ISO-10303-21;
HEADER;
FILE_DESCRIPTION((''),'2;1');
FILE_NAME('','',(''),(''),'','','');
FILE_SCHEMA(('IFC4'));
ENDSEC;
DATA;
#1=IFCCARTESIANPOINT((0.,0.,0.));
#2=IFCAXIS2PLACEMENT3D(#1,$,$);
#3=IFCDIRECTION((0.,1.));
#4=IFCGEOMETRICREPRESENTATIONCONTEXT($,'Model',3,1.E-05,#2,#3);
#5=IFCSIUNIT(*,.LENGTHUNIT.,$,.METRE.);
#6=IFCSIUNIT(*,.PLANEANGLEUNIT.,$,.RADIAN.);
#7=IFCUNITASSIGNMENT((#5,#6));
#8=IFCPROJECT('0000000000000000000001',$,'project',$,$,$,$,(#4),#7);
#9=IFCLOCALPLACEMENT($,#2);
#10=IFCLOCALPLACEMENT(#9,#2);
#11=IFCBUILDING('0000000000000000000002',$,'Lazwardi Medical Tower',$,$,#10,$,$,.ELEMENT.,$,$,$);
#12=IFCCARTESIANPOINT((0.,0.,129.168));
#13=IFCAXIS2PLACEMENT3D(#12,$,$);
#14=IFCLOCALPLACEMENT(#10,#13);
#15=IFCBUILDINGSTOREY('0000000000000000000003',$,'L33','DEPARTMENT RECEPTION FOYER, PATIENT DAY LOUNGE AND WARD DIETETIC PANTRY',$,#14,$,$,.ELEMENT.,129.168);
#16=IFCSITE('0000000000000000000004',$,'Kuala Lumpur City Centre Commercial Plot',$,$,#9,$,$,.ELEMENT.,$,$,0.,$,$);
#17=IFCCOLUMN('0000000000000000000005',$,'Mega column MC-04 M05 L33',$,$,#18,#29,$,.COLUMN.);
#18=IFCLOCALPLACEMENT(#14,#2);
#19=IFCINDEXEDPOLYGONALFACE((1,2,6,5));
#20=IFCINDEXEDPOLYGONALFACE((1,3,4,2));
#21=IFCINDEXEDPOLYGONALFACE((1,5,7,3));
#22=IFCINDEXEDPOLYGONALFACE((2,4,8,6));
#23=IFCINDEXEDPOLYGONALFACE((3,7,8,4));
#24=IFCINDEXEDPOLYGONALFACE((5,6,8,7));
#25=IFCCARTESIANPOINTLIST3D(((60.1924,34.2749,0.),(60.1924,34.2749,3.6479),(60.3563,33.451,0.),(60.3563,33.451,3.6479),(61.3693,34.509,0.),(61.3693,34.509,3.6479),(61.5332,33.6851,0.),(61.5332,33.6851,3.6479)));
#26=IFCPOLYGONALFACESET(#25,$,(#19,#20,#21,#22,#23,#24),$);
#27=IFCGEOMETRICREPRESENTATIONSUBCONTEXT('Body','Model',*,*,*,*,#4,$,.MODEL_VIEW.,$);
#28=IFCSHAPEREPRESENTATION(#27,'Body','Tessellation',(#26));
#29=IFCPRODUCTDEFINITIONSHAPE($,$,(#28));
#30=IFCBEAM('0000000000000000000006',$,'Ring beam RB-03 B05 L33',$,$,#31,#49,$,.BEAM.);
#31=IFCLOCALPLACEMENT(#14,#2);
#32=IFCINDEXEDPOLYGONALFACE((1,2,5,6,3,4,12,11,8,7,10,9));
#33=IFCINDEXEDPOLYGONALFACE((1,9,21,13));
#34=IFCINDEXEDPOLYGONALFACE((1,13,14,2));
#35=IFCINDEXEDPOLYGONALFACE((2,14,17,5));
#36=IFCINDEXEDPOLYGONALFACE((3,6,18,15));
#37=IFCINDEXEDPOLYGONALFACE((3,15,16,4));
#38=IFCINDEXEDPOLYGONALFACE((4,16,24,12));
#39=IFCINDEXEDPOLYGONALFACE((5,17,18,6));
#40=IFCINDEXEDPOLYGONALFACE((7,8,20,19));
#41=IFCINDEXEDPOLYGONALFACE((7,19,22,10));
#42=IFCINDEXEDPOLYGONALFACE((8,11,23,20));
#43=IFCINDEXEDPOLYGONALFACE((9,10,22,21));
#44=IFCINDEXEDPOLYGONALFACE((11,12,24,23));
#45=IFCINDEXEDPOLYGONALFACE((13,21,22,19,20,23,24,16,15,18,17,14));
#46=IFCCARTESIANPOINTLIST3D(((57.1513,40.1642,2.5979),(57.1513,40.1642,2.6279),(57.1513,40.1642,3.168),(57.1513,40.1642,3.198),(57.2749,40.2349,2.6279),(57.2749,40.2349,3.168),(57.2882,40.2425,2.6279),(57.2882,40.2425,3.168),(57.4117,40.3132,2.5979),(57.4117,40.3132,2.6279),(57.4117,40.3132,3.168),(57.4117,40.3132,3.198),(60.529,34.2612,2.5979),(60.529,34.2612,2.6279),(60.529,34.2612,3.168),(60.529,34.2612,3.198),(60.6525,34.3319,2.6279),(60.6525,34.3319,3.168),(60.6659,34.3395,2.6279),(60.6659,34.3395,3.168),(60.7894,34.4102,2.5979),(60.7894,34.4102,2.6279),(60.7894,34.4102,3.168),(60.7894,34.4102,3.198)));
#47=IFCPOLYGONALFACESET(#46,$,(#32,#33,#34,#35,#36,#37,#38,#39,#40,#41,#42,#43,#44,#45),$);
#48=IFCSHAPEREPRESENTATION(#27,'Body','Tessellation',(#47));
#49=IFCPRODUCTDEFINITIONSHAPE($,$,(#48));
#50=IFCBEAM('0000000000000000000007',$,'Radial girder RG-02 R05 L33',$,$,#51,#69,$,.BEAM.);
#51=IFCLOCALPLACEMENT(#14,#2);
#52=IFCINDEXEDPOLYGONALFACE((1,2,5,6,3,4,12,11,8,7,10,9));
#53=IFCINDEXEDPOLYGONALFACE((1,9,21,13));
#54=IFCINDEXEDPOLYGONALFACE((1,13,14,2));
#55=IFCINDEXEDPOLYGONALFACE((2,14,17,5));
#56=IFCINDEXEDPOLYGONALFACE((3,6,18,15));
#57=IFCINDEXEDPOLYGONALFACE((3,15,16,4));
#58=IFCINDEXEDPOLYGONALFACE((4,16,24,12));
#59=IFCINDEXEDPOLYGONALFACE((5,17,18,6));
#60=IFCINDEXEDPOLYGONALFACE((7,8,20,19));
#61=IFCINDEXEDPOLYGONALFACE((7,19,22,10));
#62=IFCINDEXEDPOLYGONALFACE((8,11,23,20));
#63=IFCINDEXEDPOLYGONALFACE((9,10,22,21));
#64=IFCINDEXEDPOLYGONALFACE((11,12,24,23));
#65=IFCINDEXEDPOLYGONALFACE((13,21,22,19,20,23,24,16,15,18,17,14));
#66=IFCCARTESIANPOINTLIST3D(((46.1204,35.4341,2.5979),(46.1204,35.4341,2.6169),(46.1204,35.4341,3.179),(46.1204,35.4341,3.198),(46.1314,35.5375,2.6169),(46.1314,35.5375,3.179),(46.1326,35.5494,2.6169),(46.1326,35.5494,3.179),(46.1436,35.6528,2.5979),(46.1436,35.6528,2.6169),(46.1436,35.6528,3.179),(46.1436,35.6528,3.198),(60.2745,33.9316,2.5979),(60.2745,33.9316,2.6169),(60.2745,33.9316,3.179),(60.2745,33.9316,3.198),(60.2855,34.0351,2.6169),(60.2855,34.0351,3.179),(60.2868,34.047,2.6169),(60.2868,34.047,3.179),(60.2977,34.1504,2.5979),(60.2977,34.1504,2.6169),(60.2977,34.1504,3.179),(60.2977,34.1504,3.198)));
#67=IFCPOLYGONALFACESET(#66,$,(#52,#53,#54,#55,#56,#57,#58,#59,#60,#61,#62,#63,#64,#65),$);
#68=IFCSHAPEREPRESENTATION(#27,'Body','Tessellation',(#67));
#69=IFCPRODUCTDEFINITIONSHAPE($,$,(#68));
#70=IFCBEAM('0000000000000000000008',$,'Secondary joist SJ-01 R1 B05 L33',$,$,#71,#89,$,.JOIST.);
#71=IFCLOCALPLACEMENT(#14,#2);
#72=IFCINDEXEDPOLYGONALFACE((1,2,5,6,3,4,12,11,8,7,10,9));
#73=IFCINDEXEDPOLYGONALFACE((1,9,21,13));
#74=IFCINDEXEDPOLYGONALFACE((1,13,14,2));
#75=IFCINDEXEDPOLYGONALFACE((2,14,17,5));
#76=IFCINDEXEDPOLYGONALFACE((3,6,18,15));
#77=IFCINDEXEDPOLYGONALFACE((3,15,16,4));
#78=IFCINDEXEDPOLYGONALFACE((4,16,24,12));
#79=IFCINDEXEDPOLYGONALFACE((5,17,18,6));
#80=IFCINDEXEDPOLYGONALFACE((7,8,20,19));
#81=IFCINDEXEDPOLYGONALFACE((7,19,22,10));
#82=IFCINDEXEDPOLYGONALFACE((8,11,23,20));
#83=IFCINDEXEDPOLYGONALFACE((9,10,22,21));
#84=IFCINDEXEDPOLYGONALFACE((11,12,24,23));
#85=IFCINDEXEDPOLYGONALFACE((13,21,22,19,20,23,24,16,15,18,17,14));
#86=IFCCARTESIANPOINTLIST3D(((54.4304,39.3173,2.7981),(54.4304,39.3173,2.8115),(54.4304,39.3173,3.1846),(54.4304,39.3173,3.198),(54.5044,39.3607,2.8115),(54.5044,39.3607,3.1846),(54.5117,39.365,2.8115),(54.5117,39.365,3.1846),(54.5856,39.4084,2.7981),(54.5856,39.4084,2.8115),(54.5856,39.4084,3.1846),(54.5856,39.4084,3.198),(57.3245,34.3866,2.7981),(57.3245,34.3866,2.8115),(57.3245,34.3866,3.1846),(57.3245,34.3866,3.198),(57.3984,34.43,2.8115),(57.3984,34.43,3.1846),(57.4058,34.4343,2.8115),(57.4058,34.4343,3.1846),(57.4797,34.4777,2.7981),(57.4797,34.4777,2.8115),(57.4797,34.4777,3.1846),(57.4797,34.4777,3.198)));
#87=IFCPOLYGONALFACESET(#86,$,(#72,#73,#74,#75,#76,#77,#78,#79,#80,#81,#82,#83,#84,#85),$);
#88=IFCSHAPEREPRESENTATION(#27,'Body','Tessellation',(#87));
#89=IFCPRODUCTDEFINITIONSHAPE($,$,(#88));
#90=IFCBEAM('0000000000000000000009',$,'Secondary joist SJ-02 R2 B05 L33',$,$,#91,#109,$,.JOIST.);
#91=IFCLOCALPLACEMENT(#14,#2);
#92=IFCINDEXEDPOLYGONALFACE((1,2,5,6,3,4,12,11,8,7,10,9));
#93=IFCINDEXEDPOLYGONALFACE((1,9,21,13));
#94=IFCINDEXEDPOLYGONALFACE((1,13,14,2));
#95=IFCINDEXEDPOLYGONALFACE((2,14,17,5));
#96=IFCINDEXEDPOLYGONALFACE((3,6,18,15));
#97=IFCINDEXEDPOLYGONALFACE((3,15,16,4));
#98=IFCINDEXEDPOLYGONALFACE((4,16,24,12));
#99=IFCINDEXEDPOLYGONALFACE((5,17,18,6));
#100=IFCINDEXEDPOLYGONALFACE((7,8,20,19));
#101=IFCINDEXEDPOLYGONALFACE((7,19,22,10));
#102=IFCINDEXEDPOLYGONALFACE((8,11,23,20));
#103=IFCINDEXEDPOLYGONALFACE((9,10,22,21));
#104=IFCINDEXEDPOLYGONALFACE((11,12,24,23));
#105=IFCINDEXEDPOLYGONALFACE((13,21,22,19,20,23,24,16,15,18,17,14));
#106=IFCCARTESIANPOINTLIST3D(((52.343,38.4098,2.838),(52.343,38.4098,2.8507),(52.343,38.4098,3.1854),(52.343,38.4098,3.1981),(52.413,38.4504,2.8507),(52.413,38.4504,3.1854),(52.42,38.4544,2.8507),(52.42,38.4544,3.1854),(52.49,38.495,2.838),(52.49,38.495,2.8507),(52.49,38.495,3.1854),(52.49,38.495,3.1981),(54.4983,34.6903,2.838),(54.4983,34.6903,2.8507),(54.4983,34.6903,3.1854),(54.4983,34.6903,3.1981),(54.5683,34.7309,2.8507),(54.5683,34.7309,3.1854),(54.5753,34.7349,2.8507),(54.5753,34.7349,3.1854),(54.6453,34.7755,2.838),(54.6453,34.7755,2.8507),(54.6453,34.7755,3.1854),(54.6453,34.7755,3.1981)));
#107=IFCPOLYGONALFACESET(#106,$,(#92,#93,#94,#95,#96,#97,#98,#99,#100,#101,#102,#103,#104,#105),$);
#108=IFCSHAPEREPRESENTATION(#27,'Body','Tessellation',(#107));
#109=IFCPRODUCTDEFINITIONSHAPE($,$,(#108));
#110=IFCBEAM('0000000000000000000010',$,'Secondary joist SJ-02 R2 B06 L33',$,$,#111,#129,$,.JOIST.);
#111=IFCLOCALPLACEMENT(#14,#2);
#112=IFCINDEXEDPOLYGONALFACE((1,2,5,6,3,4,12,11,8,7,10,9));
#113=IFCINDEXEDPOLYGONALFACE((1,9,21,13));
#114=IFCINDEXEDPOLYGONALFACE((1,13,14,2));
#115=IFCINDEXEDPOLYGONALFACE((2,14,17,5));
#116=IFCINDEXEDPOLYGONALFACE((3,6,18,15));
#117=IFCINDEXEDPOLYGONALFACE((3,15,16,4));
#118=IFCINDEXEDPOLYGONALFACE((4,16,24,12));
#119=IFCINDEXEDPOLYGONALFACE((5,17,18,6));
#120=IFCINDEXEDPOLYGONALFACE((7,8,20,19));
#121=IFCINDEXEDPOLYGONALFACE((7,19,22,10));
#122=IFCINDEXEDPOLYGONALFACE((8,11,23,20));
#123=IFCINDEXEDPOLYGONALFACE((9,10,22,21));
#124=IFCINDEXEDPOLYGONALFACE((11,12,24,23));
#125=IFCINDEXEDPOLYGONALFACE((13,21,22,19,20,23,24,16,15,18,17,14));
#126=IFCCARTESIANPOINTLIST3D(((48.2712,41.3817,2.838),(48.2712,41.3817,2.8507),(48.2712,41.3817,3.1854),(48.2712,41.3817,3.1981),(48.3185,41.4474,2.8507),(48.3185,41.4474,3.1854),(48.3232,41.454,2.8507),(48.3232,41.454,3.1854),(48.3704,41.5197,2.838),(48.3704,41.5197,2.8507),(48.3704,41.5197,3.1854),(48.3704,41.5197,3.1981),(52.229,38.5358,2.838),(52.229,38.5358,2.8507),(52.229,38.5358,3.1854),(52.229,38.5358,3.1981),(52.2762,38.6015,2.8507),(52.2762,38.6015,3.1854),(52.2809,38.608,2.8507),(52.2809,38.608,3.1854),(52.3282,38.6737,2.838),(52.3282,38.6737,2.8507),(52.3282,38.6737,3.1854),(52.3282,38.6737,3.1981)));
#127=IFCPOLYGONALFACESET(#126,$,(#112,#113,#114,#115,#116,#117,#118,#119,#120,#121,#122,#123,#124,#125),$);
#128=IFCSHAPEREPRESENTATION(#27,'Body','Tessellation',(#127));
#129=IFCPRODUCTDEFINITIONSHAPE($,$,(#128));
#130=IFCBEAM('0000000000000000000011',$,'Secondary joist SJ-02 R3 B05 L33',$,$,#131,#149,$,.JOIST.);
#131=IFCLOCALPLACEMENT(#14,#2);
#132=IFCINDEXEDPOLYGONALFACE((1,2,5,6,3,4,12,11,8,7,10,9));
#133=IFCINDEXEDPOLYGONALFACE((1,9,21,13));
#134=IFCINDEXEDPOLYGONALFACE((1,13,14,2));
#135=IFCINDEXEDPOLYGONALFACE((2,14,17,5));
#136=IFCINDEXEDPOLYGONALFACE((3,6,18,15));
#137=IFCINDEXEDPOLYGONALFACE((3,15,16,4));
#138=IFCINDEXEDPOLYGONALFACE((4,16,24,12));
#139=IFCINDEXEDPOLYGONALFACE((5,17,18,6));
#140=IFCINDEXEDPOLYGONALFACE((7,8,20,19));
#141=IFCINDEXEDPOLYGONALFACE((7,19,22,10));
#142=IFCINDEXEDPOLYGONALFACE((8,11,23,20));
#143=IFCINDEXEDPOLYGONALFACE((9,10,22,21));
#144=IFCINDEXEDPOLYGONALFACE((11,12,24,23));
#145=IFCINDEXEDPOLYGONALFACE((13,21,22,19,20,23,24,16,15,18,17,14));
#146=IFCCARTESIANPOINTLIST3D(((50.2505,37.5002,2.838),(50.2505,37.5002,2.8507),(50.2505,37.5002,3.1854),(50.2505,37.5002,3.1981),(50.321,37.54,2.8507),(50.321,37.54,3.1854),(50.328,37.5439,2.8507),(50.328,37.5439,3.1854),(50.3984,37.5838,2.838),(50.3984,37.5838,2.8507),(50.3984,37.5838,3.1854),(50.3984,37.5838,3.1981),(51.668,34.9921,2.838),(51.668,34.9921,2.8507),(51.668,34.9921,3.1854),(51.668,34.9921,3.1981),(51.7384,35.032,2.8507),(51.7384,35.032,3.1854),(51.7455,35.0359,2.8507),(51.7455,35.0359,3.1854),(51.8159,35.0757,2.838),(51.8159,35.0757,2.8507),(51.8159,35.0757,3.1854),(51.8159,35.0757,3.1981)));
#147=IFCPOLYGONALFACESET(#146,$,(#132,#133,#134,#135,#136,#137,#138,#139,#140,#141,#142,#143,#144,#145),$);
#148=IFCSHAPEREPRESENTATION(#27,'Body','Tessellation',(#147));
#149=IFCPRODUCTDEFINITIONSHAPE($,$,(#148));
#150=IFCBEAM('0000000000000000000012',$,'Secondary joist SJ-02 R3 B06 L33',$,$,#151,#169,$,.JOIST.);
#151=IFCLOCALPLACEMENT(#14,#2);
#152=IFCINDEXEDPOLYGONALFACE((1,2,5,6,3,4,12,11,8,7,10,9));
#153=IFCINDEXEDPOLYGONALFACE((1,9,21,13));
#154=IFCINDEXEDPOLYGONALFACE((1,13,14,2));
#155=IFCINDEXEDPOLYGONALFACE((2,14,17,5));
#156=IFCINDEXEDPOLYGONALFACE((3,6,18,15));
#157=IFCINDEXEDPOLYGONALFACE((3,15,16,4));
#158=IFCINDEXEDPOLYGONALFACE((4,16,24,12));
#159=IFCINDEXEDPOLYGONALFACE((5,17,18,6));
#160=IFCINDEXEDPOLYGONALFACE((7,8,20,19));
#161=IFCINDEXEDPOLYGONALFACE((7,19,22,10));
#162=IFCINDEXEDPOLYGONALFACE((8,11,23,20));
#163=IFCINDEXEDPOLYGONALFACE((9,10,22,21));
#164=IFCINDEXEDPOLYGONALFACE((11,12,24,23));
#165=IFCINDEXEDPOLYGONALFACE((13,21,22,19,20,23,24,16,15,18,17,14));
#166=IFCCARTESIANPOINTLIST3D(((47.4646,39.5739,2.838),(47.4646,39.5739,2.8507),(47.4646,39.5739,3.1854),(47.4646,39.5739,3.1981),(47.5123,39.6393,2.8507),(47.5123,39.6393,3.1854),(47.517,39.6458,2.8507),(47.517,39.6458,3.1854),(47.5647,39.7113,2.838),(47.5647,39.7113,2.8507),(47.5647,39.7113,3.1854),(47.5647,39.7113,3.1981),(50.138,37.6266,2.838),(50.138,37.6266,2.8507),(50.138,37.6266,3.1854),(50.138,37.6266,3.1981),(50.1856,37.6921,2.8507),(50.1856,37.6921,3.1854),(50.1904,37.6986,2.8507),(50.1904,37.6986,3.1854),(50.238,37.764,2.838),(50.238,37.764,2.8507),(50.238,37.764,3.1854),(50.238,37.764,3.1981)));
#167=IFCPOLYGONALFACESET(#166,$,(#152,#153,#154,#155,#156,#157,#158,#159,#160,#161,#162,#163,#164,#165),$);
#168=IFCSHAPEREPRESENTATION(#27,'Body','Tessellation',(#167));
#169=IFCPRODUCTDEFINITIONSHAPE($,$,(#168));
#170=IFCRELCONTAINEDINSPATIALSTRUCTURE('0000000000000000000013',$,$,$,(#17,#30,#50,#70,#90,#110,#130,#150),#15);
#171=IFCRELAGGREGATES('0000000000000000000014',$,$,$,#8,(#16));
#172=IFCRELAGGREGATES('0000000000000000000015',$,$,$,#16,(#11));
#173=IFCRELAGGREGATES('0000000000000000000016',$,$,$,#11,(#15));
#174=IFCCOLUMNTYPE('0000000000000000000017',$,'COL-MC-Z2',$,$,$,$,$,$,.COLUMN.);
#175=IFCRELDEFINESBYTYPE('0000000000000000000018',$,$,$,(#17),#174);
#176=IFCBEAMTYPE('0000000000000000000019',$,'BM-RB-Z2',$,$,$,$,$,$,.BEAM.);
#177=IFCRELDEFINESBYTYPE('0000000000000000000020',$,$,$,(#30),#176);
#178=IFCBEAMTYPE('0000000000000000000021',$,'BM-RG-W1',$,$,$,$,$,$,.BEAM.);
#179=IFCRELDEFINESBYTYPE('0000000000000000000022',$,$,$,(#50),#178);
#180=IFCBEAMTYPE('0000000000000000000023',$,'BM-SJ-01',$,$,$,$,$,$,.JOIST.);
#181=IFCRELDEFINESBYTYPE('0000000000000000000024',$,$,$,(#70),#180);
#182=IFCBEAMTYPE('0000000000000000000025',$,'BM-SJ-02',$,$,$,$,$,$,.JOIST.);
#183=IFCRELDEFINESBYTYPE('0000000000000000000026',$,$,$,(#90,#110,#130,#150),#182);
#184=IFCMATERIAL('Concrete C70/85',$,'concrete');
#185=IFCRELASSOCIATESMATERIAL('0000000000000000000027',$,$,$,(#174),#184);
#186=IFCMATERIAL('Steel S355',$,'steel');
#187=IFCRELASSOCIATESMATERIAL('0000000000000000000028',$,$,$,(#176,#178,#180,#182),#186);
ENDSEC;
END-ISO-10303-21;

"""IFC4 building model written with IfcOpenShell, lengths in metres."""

from ifc_helpers import new_model, si_unit, direction, frame, origin, origin_2d, place, context, subcontext, project, spatial, rectangle, i_section, extrude, material, material_profile, profile_set, type_object, element, save


model = new_model("IFC4")

# Units and contexts
model_context = context("Model", 3, precision=1e-05, world=origin(), true_north=direction((0.0, 1.0)))
body_context = subcontext(model_context, "Body", "Model", "MODEL_VIEW")
ifc_project = project(units=[si_unit("LENGTHUNIT", "METRE"), si_unit("PLANEANGLEUNIT", "RADIAN")], contexts=[model_context])

# Site, building, storey
site_placement = place(None, origin())
site = spatial("IfcSite", under=ifc_project, at=site_placement, Name="Kuala Lumpur City Centre Commercial Plot", CompositionType="ELEMENT", RefElevation=0.0)
building_placement = place(site_placement, origin())
building = spatial("IfcBuilding", under=site, at=building_placement, Name="Lazwardi Medical Tower", CompositionType="ELEMENT")
storey_placement = place(building_placement, frame((0.0, 0.0, 129.168)))
storey = spatial("IfcBuildingStorey", under=building, at=storey_placement, Name="L33", Description="DEPARTMENT RECEPTION FOYER, PATIENT DAY LOUNGE AND WARD DIETETIC PANTRY", CompositionType="ELEMENT", Elevation=129.168)

# Column
ifc_material_1 = material(Name="Concrete C70/85", Category="concrete")
ifc_material_profile_1 = material_profile(ifc_material_1, rectangle(XDim=1.2, YDim=0.8401, at=origin_2d()), Name="CFT-RECT 1200x840")
ifc_profile_set_1 = profile_set([ifc_material_profile_1], Name="Concrete C70/85")
column_type = type_object("IfcColumnType", Name="COL-MC-Z2", PredefinedType="COLUMN", material=ifc_profile_set_1)
column_placement = place(storey_placement, frame((60.8628, 33.98, 0.0), z_axis=(0.0, 0.0, 1.0), x_axis=(0.980785, 0.19509, 0.0)))
element("IfcColumn", 1, at=column_placement, inside=storey, type_object=column_type, Name="Mega column MC-04 M05 L33", PredefinedType="COLUMN", context=body_context, shape_type="SweptSolid", body=[
    extrude(rectangle(XDim=1.2, YDim=0.8401, at=origin_2d()), origin(), (0.0, 0.0, 1.0), 3.6479),
])

# Beams
ifc_material_2 = material(Name="Steel S355", Category="steel")
ifc_material_profile_2 = material_profile(ifc_material_2, i_section(OverallWidth=0.3, OverallDepth=0.6001, WebThickness=0.0154, FlangeThickness=0.03, at=origin_2d()), Name="HEB 600")
ifc_profile_set_2 = profile_set([ifc_material_profile_2], Name="Steel S355")
beam_type_1 = type_object("IfcBeamType", Name="BM-RB-Z2", PredefinedType="BEAM", material=ifc_profile_set_2)
beam_1_placement = place(storey_placement, frame((60.6592, 34.3357, 2.8979), z_axis=(-0.496638, 0.867958, 0.0), x_axis=(-0.867958, -0.496638, 0.0)))
element("IfcBeam", 2, at=beam_1_placement, inside=storey, type_object=beam_type_1, Name="Ring beam RB-03 B05 L33", PredefinedType="BEAM", context=body_context, shape_type="SweptSolid", body=[
    extrude(i_section(OverallWidth=0.3, OverallDepth=0.6001, WebThickness=0.0154, FlangeThickness=0.03, at=origin_2d()), origin(), (0.0, 0.0, 1.0), 6.801),
])
ifc_material_profile_3 = material_profile(ifc_material_2, i_section(OverallWidth=0.22, OverallDepth=0.6001, WebThickness=0.012, FlangeThickness=0.019, at=origin_2d()), Name="IPE 600")
ifc_profile_set_3 = profile_set([ifc_material_profile_3], Name="Steel S355")
beam_type_2 = type_object("IfcBeamType", Name="BM-RG-W1", PredefinedType="BEAM", material=ifc_profile_set_3)
beam_2_placement = place(storey_placement, frame((60.2861, 34.041, 2.8979), z_axis=(-0.994413, 0.105556, 0.0), x_axis=(-0.105556, -0.994413, 0.0)))
element("IfcBeam", 3, at=beam_2_placement, inside=storey, type_object=beam_type_2, Name="Radial girder RG-02 R05 L33", PredefinedType="BEAM", context=body_context, shape_type="SweptSolid", body=[
    extrude(i_section(OverallWidth=0.22, OverallDepth=0.6001, WebThickness=0.012, FlangeThickness=0.019, at=origin_2d()), origin(), (0.0, 0.0, 1.0), 14.2336),
])
ifc_material_profile_4 = material_profile(ifc_material_2, i_section(OverallWidth=0.1799, OverallDepth=0.3999, WebThickness=0.0085, FlangeThickness=0.0134, at=origin_2d()), Name="IPE 400")
ifc_profile_set_4 = profile_set([ifc_material_profile_4], Name="Steel S355")
beam_type_3 = type_object("IfcBeamType", Name="BM-SJ-01", PredefinedType="JOIST", material=ifc_profile_set_4)
beam_3_placement = place(storey_placement, frame((57.4021, 34.4321, 2.998), z_axis=(-0.506195, 0.862419, 0.0), x_axis=(-0.862419, -0.506195, 0.0)))
element("IfcBeam", 4, at=beam_3_placement, inside=storey, type_object=beam_type_3, Name="Secondary joist SJ-01 R1 B05 L33", PredefinedType="JOIST", context=body_context, shape_type="SweptSolid", body=[
    extrude(i_section(OverallWidth=0.1799, OverallDepth=0.3999, WebThickness=0.0085, FlangeThickness=0.0134, at=origin_2d()), origin(), (0.0, 0.0, 1.0), 5.7173),
])
ifc_material_profile_5 = material_profile(ifc_material_2, i_section(OverallWidth=0.1699, OverallDepth=0.3601, WebThickness=0.0081, FlangeThickness=0.0127, at=origin_2d()), Name="IPE 360")
ifc_profile_set_5 = profile_set([ifc_material_profile_5], Name="Steel S355")
beam_type_4 = type_object("IfcBeamType", Name="BM-SJ-02", PredefinedType="JOIST", material=ifc_profile_set_5)
beam_4_placement = place(storey_placement, frame((54.5718, 34.7329, 3.0181), z_axis=(-0.501365, 0.865236, 0.0), x_axis=(-0.865236, -0.501365, 0.0)))
element("IfcBeam", 5, at=beam_4_placement, inside=storey, type_object=beam_type_4, Name="Secondary joist SJ-02 R2 B05 L33", PredefinedType="JOIST", context=body_context, shape_type="SweptSolid", body=[
    extrude(i_section(OverallWidth=0.1699, OverallDepth=0.3601, WebThickness=0.0081, FlangeThickness=0.0127, at=origin_2d()), origin(), (0.0, 0.0, 1.0), 4.2988),
])
beam_5_placement = place(storey_placement, frame((52.2786, 38.6047, 3.0181), z_axis=(-0.811889, 0.583813, 0.0), x_axis=(-0.583813, -0.811889, 0.0)))
element("IfcBeam", 6, at=beam_5_placement, inside=storey, type_object=beam_type_4, Name="Secondary joist SJ-02 R2 B06 L33", PredefinedType="JOIST", context=body_context, shape_type="SweptSolid", body=[
    extrude(i_section(OverallWidth=0.1699, OverallDepth=0.3601, WebThickness=0.0081, FlangeThickness=0.0127, at=origin_2d()), origin(), (0.0, 0.0, 1.0), 4.8748),
])
beam_6_placement = place(storey_placement, frame((51.7419, 35.0339, 3.0181), z_axis=(-0.492027, 0.87058, 0.0), x_axis=(-0.87058, -0.492027, 0.0)))
element("IfcBeam", 7, at=beam_6_placement, inside=storey, type_object=beam_type_4, Name="Secondary joist SJ-02 R3 B05 L33", PredefinedType="JOIST", context=body_context, shape_type="SweptSolid", body=[
    extrude(i_section(OverallWidth=0.1699, OverallDepth=0.3601, WebThickness=0.0081, FlangeThickness=0.0127, at=origin_2d()), origin(), (0.0, 0.0, 1.0), 2.8809),
])
beam_7_placement = place(storey_placement, frame((50.188, 37.6953, 3.0181), z_axis=(-0.808302, 0.588768, 0.0), x_axis=(-0.588768, -0.808302, 0.0)))
element("IfcBeam", 8, at=beam_7_placement, inside=storey, type_object=beam_type_4, Name="Secondary joist SJ-02 R3 B06 L33", PredefinedType="JOIST", context=body_context, shape_type="SweptSolid", body=[
    extrude(i_section(OverallWidth=0.1699, OverallDepth=0.3601, WebThickness=0.0081, FlangeThickness=0.0127, at=origin_2d()), origin(), (0.0, 0.0, 1.0), 3.3074),
])

save(model, "model.ifc")
